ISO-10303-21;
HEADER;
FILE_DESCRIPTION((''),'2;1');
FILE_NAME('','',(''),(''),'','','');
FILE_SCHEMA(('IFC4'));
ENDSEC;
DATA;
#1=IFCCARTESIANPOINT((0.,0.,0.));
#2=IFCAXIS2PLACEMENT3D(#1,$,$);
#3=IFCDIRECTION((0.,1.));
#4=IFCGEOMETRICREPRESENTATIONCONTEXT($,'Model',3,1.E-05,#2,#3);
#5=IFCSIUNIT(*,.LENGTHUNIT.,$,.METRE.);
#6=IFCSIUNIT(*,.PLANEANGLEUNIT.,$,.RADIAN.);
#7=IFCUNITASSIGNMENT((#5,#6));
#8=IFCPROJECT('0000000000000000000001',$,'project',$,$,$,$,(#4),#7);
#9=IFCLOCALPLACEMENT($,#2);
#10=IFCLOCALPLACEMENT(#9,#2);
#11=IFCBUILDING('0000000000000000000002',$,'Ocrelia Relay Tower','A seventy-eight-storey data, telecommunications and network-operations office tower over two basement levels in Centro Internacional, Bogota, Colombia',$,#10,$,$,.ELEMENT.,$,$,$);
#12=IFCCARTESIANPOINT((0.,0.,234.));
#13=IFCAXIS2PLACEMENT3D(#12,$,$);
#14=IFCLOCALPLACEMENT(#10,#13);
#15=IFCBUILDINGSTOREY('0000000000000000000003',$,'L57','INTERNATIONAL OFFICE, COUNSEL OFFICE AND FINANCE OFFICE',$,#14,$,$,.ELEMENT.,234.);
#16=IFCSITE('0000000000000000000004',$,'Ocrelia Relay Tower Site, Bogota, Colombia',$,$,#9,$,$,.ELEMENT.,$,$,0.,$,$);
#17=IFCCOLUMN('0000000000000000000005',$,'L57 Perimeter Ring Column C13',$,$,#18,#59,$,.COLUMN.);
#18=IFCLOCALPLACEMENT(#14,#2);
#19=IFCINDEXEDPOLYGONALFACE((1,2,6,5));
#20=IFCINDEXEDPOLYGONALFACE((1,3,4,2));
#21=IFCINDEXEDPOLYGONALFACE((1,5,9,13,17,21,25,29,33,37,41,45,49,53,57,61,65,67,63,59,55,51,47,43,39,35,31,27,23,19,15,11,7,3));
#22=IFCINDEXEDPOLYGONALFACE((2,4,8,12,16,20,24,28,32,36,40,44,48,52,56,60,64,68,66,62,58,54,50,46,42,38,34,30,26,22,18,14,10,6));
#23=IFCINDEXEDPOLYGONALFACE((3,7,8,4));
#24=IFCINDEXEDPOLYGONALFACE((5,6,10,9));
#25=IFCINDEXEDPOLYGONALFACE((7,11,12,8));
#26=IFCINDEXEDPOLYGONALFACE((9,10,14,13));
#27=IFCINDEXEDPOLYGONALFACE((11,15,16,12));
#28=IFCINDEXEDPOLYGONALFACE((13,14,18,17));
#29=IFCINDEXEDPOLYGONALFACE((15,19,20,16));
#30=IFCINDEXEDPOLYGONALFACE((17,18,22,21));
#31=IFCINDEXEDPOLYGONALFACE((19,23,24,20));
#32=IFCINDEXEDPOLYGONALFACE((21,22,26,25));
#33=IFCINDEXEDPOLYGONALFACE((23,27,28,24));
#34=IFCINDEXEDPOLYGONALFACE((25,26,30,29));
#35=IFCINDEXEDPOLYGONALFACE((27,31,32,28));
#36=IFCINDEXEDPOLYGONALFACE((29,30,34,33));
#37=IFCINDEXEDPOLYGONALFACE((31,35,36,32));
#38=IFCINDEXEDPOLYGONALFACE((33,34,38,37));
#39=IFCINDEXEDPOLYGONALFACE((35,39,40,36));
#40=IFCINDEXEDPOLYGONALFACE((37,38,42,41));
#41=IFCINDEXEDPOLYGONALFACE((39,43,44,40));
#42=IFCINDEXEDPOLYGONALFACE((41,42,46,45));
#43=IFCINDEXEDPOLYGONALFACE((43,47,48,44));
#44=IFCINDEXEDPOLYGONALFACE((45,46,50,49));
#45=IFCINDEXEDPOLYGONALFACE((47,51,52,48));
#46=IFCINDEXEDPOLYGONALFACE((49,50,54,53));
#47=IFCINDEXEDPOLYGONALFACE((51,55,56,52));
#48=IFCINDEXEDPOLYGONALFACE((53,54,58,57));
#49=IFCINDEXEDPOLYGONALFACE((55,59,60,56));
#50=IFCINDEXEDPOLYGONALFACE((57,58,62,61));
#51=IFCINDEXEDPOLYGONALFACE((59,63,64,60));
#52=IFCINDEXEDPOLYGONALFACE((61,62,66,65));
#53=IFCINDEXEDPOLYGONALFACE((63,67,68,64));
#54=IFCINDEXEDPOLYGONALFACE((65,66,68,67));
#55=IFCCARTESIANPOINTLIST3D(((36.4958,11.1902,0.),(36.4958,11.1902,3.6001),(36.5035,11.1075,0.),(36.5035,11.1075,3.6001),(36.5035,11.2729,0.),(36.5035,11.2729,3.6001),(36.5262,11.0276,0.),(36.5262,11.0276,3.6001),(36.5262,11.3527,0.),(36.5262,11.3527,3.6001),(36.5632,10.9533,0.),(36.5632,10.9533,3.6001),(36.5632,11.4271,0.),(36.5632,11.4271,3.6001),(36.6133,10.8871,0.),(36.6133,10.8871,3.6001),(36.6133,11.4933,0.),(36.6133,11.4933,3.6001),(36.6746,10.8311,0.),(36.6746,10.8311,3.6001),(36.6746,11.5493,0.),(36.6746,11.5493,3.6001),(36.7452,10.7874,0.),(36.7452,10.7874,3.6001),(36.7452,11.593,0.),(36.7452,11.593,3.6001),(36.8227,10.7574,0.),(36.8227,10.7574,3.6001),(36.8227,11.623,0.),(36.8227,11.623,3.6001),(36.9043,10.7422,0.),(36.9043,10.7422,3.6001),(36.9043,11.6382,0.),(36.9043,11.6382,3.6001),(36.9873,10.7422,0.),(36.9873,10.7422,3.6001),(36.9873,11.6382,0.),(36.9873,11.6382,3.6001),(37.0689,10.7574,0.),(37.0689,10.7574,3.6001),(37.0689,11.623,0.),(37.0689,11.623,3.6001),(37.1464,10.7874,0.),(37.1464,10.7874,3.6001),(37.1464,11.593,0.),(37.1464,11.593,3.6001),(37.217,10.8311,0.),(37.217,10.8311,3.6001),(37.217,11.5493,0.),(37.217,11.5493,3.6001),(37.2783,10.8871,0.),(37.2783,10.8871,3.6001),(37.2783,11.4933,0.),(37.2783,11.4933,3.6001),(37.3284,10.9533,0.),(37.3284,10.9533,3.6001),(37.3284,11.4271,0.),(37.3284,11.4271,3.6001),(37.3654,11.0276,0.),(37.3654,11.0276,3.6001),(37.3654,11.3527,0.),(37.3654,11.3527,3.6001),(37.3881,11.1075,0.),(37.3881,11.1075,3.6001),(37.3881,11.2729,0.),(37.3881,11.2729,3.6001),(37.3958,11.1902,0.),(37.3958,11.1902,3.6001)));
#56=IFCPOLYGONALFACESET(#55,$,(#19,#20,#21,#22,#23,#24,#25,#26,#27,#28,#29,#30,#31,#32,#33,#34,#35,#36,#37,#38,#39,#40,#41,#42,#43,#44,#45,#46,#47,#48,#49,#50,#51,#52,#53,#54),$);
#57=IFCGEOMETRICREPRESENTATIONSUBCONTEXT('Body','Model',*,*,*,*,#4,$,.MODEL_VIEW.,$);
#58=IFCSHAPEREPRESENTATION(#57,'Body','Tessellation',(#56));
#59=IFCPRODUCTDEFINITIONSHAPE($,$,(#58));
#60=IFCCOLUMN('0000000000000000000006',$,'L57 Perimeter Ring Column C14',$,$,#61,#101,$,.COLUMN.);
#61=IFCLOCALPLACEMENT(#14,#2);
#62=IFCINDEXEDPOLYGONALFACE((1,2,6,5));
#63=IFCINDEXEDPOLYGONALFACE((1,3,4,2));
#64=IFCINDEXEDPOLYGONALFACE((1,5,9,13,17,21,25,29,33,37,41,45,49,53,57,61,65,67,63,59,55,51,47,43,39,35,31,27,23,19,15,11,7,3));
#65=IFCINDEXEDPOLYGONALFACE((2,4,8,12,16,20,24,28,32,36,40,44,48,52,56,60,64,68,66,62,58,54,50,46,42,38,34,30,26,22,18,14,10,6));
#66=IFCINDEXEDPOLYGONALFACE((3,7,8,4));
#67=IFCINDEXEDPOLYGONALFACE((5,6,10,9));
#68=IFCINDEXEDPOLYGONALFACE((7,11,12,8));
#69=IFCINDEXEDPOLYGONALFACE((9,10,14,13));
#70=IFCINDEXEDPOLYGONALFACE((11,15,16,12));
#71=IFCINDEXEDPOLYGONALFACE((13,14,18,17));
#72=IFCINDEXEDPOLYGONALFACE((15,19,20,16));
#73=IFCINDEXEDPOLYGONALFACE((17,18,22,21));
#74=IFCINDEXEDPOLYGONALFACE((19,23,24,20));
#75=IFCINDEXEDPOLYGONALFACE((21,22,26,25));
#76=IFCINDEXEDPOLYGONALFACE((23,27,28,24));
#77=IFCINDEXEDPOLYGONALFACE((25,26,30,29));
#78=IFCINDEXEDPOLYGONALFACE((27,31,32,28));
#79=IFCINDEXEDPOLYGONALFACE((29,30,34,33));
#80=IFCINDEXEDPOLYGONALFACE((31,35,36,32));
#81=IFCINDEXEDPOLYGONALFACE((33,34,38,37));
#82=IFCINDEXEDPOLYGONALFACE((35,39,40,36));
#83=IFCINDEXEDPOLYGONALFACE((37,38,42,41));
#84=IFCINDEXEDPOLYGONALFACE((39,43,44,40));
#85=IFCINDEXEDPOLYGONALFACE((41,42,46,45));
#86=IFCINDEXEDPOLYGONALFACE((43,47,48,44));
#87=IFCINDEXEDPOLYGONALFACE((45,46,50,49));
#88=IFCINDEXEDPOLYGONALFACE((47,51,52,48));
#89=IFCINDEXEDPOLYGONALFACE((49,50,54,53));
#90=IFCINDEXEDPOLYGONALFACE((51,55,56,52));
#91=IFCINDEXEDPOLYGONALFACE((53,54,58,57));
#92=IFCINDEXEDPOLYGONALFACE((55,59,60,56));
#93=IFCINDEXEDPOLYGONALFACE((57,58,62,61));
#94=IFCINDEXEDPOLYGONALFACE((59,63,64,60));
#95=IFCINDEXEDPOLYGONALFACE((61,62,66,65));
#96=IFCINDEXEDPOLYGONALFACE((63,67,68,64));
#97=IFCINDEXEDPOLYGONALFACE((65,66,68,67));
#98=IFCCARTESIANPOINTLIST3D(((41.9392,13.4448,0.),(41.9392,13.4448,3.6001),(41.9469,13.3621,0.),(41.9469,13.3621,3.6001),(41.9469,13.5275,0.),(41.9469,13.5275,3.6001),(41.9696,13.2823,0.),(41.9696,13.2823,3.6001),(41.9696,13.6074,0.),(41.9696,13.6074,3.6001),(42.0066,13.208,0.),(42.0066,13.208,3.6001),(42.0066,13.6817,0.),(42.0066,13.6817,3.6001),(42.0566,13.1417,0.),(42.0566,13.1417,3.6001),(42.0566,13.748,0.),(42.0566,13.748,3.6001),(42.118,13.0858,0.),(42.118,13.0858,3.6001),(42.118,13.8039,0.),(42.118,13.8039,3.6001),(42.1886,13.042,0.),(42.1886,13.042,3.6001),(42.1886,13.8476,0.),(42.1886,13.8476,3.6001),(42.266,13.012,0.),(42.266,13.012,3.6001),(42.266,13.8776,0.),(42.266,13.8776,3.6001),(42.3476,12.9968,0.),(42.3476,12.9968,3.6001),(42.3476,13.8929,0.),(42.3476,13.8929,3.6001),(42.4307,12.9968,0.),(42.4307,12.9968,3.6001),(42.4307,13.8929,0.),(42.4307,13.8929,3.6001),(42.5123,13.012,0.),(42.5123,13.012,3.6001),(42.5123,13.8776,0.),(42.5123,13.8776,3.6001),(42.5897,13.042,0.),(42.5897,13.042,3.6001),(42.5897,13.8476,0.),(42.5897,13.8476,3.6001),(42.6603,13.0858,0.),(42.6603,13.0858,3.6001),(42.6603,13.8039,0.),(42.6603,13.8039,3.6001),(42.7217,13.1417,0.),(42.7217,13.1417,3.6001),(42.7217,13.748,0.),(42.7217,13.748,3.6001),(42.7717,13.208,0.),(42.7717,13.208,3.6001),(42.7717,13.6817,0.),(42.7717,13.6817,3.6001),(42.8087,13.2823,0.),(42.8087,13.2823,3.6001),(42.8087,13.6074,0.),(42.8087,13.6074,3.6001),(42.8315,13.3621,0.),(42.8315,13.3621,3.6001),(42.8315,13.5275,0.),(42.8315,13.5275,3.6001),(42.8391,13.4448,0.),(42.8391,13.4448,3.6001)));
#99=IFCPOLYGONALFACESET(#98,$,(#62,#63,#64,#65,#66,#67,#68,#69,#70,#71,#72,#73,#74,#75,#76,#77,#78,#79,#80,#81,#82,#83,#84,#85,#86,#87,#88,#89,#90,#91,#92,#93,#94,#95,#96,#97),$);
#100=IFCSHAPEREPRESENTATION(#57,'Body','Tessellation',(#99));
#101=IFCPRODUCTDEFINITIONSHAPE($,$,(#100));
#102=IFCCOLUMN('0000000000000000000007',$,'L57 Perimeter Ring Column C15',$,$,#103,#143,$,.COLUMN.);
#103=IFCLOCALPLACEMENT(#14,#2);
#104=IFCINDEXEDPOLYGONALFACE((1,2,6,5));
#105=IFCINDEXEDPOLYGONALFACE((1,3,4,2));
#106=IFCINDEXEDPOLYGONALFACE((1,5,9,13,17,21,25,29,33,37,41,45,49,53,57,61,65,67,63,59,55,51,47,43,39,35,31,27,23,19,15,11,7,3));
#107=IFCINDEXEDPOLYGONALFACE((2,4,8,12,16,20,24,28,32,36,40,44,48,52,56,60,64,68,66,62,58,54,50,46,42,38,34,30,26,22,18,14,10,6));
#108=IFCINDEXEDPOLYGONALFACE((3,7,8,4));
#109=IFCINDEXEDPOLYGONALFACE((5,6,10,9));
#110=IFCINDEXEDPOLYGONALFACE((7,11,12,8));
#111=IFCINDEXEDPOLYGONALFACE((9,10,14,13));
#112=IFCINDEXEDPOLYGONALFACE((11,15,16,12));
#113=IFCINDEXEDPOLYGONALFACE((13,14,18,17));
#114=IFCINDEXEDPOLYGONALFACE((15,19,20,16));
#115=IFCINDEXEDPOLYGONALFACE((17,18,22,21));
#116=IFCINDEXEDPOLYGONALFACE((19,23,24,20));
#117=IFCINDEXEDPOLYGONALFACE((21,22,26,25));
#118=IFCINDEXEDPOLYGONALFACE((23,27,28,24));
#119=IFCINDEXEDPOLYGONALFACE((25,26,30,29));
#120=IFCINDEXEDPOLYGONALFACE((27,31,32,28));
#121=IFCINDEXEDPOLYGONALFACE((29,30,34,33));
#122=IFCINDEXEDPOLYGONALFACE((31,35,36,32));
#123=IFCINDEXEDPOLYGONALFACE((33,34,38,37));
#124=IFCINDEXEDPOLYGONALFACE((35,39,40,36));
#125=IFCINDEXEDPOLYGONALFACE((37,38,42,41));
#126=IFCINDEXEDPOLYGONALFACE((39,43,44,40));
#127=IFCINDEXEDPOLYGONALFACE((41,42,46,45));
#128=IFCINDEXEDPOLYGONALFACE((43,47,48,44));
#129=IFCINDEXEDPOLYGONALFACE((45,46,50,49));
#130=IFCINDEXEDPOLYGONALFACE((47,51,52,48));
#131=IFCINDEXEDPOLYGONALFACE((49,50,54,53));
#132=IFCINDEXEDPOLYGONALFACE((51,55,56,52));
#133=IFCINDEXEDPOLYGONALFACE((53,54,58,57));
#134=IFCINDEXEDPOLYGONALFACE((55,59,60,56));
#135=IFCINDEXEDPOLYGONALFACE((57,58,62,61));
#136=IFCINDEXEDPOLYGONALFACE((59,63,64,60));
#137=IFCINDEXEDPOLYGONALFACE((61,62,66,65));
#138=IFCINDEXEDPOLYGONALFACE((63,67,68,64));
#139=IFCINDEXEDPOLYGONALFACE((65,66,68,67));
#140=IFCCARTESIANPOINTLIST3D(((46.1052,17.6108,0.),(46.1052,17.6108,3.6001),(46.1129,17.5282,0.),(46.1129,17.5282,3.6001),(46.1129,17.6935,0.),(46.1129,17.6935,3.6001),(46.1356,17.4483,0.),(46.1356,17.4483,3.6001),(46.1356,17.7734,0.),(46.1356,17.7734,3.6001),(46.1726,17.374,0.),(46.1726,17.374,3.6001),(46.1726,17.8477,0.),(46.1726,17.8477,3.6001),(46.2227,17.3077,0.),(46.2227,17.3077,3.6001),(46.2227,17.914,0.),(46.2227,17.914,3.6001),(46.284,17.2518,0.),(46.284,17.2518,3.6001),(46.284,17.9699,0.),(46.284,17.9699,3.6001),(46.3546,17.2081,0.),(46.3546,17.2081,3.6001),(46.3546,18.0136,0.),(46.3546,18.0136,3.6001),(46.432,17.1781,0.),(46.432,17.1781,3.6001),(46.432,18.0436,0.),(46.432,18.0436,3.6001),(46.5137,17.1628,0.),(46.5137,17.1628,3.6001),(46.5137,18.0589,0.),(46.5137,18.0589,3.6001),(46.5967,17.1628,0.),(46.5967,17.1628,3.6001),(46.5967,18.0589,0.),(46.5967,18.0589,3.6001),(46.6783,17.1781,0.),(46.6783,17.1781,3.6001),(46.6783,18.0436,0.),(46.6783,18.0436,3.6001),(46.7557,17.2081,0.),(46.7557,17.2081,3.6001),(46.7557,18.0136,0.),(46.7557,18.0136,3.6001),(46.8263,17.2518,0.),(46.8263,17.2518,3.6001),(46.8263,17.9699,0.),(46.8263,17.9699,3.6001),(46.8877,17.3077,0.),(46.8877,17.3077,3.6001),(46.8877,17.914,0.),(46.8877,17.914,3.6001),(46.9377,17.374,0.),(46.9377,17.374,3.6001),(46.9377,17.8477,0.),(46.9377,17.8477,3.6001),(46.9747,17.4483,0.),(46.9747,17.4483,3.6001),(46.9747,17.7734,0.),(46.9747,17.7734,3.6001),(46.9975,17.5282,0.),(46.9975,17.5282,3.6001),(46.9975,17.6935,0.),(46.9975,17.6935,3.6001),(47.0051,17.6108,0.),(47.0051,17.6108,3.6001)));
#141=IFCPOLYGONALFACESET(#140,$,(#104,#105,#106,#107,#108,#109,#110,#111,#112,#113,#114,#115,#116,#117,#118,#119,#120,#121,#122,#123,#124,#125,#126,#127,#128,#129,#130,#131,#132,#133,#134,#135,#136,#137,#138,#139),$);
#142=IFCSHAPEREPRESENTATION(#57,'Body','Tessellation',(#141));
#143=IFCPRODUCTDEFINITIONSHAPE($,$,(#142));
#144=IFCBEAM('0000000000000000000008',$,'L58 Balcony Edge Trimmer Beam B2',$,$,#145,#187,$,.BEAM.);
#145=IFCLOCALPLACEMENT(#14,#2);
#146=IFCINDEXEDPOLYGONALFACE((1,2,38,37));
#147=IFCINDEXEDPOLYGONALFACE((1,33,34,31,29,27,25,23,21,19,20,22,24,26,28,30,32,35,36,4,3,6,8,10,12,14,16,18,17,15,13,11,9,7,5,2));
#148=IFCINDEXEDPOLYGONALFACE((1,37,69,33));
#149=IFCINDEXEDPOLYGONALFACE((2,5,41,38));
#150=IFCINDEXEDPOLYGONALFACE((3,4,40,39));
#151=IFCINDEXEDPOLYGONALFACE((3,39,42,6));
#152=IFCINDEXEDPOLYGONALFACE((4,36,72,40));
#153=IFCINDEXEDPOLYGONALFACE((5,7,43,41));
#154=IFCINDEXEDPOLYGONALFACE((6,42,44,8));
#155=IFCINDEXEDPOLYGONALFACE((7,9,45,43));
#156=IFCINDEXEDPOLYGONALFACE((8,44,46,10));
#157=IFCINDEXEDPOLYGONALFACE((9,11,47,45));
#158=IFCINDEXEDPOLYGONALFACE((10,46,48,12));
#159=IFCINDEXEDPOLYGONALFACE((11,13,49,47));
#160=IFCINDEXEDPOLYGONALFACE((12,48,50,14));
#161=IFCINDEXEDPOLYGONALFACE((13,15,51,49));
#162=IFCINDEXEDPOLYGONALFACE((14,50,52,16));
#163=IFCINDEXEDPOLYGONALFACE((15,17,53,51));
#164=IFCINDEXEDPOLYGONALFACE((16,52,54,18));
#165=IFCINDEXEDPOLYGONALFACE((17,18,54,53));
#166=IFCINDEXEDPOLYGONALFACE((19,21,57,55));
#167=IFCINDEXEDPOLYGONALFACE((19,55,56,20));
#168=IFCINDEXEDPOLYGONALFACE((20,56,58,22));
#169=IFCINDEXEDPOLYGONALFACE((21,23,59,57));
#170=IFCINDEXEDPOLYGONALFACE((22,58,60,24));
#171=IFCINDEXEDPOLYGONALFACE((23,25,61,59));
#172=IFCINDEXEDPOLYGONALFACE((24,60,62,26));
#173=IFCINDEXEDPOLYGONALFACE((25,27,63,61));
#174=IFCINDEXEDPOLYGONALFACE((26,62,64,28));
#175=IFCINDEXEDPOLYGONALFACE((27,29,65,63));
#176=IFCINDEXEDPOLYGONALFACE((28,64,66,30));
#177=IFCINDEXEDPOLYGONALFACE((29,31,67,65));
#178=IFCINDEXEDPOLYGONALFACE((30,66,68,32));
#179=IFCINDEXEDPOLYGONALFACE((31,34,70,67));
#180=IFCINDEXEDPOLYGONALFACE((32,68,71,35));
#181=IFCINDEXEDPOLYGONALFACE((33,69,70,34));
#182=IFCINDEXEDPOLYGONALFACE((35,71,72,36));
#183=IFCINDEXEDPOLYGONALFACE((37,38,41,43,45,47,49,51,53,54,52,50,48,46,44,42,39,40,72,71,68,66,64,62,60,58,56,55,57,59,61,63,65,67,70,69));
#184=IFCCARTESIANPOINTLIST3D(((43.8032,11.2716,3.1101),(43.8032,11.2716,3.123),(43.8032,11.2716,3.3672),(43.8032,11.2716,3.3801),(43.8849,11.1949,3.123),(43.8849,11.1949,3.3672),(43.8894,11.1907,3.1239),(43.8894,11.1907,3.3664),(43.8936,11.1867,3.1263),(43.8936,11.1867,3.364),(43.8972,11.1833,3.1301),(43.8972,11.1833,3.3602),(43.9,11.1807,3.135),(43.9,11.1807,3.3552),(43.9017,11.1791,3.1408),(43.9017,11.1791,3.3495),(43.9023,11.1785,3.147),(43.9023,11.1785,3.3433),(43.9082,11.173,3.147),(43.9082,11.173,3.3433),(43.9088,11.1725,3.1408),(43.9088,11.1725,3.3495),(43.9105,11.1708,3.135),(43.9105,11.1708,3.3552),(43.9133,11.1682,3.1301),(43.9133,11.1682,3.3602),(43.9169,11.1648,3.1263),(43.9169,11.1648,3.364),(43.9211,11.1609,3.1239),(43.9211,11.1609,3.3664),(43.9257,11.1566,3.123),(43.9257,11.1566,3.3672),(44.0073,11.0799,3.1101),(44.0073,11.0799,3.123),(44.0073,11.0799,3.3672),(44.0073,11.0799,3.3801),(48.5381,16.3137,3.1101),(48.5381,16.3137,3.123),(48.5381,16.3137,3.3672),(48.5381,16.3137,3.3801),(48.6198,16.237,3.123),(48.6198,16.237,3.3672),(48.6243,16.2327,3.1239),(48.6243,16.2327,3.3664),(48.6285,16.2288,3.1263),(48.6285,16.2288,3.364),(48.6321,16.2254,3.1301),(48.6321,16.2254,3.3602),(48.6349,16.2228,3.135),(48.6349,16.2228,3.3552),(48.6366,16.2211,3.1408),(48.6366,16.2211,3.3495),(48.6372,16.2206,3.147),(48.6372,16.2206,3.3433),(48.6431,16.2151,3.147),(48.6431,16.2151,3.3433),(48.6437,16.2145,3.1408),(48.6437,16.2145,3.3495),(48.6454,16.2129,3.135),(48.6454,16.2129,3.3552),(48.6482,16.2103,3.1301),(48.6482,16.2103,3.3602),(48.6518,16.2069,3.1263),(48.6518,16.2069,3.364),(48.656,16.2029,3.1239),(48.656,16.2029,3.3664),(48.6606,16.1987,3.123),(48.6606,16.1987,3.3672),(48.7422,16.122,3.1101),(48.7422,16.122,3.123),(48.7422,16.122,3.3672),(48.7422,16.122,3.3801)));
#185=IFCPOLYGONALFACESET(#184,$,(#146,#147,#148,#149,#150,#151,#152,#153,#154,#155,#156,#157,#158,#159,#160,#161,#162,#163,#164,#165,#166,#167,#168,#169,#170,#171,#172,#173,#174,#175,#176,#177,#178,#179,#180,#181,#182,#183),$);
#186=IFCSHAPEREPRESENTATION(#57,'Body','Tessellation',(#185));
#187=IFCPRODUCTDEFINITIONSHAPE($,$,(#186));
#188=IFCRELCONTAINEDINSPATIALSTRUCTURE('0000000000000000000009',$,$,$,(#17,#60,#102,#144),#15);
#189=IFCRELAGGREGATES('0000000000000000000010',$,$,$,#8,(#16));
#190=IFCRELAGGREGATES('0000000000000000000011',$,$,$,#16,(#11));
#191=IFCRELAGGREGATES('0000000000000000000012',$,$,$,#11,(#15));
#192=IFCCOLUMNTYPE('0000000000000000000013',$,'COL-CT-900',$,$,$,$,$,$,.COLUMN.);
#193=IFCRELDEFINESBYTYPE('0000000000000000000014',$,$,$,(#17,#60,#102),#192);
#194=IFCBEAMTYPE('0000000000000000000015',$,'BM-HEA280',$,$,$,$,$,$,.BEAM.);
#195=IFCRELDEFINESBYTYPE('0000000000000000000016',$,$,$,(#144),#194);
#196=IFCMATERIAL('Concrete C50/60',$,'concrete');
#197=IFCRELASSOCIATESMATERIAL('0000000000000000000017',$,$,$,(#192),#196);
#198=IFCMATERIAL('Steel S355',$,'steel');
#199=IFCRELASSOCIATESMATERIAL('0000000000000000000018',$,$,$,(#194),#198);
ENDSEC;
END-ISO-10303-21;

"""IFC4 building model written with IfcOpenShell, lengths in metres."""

from ifc_helpers import new_model, si_unit, direction, frame, origin, origin_2d, place, context, subcontext, project, spatial, circle, i_section, extrude, material, material_profile, profile_set, type_object, element, save


model = new_model("IFC4")

# Units and contexts
model_context = context("Model", 3, precision=1e-05, world=origin(), true_north=direction((0.0, 1.0)))
body_context = subcontext(model_context, "Body", "Model", "MODEL_VIEW")
ifc_project = project(units=[si_unit("LENGTHUNIT", "METRE"), si_unit("PLANEANGLEUNIT", "RADIAN")], contexts=[model_context])

# Site, building, storey
site_placement = place(None, origin())
site = spatial("IfcSite", under=ifc_project, at=site_placement, Name="Ocrelia Relay Tower Site, Bogota, Colombia", CompositionType="ELEMENT", RefElevation=0.0)
building_placement = place(site_placement, origin())
building = spatial("IfcBuilding", under=site, at=building_placement, Name="Ocrelia Relay Tower", Description="A seventy-eight-storey data, telecommunications and network-operations office tower over two basement levels in Centro Internacional, Bogota, Colombia", CompositionType="ELEMENT")
storey_placement = place(building_placement, frame((0.0, 0.0, 234.0)))
storey = spatial("IfcBuildingStorey", under=building, at=storey_placement, Name="L57", Description="INTERNATIONAL OFFICE, COUNSEL OFFICE AND FINANCE OFFICE", CompositionType="ELEMENT", Elevation=234.0)

# Columns
ifc_material_1 = material(Name="Concrete C50/60", Category="concrete")
ifc_material_profile_1 = material_profile(ifc_material_1, circle(Radius=0.45, at=origin_2d()), Name="RC-CIR-900")
ifc_profile_set_1 = profile_set([ifc_material_profile_1], Name="Concrete C50/60")
column_type = type_object("IfcColumnType", Name="COL-CT-900", PredefinedType="COLUMN", material=ifc_profile_set_1)
for number, where, z_axis, x_axis, name in (
    (1, (36.9458, 11.1902, 0.0), (0.0, 0.0, 1.0), (1.0, 0.0, 0.0), "L57 Perimeter Ring Column C13"),
    (2, (42.3892, 13.4448, 0.0), (0.0, 0.0, 1.0), (1.0, 0.0, 0.0), "L57 Perimeter Ring Column C14"),
    (3, (46.5552, 17.6108, 0.0), (0.0, 0.0, 1.0), (1.0, 0.0, 0.0), "L57 Perimeter Ring Column C15"),
):
    element("IfcColumn", number, at=place(storey_placement, frame(where, z_axis=z_axis, x_axis=x_axis)), inside=storey, type_object=column_type, Name=name, PredefinedType="COLUMN", context=body_context, shape_type="SweptSolid", body=[
        extrude(circle(Radius=0.45, at=origin_2d()), origin(), (0.0, 0.0, 1.0), 3.6001),
    ])

# Beam
ifc_material_2 = material(Name="Steel S355", Category="steel")
ifc_material_profile_2 = material_profile(ifc_material_2, i_section(OverallWidth=0.28, OverallDepth=0.27, WebThickness=0.0081, FlangeThickness=0.0129, FilletRadius=0.0239, at=origin_2d()), Name="HEA 280")
ifc_profile_set_2 = profile_set([ifc_material_profile_2], Name="Steel S355")
beam_type_1 = type_object("IfcBeamType", Name="BM-HEA280", PredefinedType="BEAM", material=ifc_profile_set_2)
beam_1_placement = place(storey_placement, frame((43.9053, 11.1758, 3.2451), z_axis=(0.684556, 0.72896, 0.0), x_axis=(-0.72896, 0.684556, 0.0)))
element("IfcBeam", 4, at=beam_1_placement, inside=storey, type_object=beam_type_1, Name="L58 Balcony Edge Trimmer Beam B2", PredefinedType="BEAM", context=body_context, shape_type="SweptSolid", body=[
    extrude(i_section(OverallWidth=0.28, OverallDepth=0.27, WebThickness=0.0081, FlangeThickness=0.0129, FilletRadius=0.0239, at=origin_2d()), origin(), (0.0, 0.0, 1.0), 6.9167),
])

save(model, "model.ifc")
